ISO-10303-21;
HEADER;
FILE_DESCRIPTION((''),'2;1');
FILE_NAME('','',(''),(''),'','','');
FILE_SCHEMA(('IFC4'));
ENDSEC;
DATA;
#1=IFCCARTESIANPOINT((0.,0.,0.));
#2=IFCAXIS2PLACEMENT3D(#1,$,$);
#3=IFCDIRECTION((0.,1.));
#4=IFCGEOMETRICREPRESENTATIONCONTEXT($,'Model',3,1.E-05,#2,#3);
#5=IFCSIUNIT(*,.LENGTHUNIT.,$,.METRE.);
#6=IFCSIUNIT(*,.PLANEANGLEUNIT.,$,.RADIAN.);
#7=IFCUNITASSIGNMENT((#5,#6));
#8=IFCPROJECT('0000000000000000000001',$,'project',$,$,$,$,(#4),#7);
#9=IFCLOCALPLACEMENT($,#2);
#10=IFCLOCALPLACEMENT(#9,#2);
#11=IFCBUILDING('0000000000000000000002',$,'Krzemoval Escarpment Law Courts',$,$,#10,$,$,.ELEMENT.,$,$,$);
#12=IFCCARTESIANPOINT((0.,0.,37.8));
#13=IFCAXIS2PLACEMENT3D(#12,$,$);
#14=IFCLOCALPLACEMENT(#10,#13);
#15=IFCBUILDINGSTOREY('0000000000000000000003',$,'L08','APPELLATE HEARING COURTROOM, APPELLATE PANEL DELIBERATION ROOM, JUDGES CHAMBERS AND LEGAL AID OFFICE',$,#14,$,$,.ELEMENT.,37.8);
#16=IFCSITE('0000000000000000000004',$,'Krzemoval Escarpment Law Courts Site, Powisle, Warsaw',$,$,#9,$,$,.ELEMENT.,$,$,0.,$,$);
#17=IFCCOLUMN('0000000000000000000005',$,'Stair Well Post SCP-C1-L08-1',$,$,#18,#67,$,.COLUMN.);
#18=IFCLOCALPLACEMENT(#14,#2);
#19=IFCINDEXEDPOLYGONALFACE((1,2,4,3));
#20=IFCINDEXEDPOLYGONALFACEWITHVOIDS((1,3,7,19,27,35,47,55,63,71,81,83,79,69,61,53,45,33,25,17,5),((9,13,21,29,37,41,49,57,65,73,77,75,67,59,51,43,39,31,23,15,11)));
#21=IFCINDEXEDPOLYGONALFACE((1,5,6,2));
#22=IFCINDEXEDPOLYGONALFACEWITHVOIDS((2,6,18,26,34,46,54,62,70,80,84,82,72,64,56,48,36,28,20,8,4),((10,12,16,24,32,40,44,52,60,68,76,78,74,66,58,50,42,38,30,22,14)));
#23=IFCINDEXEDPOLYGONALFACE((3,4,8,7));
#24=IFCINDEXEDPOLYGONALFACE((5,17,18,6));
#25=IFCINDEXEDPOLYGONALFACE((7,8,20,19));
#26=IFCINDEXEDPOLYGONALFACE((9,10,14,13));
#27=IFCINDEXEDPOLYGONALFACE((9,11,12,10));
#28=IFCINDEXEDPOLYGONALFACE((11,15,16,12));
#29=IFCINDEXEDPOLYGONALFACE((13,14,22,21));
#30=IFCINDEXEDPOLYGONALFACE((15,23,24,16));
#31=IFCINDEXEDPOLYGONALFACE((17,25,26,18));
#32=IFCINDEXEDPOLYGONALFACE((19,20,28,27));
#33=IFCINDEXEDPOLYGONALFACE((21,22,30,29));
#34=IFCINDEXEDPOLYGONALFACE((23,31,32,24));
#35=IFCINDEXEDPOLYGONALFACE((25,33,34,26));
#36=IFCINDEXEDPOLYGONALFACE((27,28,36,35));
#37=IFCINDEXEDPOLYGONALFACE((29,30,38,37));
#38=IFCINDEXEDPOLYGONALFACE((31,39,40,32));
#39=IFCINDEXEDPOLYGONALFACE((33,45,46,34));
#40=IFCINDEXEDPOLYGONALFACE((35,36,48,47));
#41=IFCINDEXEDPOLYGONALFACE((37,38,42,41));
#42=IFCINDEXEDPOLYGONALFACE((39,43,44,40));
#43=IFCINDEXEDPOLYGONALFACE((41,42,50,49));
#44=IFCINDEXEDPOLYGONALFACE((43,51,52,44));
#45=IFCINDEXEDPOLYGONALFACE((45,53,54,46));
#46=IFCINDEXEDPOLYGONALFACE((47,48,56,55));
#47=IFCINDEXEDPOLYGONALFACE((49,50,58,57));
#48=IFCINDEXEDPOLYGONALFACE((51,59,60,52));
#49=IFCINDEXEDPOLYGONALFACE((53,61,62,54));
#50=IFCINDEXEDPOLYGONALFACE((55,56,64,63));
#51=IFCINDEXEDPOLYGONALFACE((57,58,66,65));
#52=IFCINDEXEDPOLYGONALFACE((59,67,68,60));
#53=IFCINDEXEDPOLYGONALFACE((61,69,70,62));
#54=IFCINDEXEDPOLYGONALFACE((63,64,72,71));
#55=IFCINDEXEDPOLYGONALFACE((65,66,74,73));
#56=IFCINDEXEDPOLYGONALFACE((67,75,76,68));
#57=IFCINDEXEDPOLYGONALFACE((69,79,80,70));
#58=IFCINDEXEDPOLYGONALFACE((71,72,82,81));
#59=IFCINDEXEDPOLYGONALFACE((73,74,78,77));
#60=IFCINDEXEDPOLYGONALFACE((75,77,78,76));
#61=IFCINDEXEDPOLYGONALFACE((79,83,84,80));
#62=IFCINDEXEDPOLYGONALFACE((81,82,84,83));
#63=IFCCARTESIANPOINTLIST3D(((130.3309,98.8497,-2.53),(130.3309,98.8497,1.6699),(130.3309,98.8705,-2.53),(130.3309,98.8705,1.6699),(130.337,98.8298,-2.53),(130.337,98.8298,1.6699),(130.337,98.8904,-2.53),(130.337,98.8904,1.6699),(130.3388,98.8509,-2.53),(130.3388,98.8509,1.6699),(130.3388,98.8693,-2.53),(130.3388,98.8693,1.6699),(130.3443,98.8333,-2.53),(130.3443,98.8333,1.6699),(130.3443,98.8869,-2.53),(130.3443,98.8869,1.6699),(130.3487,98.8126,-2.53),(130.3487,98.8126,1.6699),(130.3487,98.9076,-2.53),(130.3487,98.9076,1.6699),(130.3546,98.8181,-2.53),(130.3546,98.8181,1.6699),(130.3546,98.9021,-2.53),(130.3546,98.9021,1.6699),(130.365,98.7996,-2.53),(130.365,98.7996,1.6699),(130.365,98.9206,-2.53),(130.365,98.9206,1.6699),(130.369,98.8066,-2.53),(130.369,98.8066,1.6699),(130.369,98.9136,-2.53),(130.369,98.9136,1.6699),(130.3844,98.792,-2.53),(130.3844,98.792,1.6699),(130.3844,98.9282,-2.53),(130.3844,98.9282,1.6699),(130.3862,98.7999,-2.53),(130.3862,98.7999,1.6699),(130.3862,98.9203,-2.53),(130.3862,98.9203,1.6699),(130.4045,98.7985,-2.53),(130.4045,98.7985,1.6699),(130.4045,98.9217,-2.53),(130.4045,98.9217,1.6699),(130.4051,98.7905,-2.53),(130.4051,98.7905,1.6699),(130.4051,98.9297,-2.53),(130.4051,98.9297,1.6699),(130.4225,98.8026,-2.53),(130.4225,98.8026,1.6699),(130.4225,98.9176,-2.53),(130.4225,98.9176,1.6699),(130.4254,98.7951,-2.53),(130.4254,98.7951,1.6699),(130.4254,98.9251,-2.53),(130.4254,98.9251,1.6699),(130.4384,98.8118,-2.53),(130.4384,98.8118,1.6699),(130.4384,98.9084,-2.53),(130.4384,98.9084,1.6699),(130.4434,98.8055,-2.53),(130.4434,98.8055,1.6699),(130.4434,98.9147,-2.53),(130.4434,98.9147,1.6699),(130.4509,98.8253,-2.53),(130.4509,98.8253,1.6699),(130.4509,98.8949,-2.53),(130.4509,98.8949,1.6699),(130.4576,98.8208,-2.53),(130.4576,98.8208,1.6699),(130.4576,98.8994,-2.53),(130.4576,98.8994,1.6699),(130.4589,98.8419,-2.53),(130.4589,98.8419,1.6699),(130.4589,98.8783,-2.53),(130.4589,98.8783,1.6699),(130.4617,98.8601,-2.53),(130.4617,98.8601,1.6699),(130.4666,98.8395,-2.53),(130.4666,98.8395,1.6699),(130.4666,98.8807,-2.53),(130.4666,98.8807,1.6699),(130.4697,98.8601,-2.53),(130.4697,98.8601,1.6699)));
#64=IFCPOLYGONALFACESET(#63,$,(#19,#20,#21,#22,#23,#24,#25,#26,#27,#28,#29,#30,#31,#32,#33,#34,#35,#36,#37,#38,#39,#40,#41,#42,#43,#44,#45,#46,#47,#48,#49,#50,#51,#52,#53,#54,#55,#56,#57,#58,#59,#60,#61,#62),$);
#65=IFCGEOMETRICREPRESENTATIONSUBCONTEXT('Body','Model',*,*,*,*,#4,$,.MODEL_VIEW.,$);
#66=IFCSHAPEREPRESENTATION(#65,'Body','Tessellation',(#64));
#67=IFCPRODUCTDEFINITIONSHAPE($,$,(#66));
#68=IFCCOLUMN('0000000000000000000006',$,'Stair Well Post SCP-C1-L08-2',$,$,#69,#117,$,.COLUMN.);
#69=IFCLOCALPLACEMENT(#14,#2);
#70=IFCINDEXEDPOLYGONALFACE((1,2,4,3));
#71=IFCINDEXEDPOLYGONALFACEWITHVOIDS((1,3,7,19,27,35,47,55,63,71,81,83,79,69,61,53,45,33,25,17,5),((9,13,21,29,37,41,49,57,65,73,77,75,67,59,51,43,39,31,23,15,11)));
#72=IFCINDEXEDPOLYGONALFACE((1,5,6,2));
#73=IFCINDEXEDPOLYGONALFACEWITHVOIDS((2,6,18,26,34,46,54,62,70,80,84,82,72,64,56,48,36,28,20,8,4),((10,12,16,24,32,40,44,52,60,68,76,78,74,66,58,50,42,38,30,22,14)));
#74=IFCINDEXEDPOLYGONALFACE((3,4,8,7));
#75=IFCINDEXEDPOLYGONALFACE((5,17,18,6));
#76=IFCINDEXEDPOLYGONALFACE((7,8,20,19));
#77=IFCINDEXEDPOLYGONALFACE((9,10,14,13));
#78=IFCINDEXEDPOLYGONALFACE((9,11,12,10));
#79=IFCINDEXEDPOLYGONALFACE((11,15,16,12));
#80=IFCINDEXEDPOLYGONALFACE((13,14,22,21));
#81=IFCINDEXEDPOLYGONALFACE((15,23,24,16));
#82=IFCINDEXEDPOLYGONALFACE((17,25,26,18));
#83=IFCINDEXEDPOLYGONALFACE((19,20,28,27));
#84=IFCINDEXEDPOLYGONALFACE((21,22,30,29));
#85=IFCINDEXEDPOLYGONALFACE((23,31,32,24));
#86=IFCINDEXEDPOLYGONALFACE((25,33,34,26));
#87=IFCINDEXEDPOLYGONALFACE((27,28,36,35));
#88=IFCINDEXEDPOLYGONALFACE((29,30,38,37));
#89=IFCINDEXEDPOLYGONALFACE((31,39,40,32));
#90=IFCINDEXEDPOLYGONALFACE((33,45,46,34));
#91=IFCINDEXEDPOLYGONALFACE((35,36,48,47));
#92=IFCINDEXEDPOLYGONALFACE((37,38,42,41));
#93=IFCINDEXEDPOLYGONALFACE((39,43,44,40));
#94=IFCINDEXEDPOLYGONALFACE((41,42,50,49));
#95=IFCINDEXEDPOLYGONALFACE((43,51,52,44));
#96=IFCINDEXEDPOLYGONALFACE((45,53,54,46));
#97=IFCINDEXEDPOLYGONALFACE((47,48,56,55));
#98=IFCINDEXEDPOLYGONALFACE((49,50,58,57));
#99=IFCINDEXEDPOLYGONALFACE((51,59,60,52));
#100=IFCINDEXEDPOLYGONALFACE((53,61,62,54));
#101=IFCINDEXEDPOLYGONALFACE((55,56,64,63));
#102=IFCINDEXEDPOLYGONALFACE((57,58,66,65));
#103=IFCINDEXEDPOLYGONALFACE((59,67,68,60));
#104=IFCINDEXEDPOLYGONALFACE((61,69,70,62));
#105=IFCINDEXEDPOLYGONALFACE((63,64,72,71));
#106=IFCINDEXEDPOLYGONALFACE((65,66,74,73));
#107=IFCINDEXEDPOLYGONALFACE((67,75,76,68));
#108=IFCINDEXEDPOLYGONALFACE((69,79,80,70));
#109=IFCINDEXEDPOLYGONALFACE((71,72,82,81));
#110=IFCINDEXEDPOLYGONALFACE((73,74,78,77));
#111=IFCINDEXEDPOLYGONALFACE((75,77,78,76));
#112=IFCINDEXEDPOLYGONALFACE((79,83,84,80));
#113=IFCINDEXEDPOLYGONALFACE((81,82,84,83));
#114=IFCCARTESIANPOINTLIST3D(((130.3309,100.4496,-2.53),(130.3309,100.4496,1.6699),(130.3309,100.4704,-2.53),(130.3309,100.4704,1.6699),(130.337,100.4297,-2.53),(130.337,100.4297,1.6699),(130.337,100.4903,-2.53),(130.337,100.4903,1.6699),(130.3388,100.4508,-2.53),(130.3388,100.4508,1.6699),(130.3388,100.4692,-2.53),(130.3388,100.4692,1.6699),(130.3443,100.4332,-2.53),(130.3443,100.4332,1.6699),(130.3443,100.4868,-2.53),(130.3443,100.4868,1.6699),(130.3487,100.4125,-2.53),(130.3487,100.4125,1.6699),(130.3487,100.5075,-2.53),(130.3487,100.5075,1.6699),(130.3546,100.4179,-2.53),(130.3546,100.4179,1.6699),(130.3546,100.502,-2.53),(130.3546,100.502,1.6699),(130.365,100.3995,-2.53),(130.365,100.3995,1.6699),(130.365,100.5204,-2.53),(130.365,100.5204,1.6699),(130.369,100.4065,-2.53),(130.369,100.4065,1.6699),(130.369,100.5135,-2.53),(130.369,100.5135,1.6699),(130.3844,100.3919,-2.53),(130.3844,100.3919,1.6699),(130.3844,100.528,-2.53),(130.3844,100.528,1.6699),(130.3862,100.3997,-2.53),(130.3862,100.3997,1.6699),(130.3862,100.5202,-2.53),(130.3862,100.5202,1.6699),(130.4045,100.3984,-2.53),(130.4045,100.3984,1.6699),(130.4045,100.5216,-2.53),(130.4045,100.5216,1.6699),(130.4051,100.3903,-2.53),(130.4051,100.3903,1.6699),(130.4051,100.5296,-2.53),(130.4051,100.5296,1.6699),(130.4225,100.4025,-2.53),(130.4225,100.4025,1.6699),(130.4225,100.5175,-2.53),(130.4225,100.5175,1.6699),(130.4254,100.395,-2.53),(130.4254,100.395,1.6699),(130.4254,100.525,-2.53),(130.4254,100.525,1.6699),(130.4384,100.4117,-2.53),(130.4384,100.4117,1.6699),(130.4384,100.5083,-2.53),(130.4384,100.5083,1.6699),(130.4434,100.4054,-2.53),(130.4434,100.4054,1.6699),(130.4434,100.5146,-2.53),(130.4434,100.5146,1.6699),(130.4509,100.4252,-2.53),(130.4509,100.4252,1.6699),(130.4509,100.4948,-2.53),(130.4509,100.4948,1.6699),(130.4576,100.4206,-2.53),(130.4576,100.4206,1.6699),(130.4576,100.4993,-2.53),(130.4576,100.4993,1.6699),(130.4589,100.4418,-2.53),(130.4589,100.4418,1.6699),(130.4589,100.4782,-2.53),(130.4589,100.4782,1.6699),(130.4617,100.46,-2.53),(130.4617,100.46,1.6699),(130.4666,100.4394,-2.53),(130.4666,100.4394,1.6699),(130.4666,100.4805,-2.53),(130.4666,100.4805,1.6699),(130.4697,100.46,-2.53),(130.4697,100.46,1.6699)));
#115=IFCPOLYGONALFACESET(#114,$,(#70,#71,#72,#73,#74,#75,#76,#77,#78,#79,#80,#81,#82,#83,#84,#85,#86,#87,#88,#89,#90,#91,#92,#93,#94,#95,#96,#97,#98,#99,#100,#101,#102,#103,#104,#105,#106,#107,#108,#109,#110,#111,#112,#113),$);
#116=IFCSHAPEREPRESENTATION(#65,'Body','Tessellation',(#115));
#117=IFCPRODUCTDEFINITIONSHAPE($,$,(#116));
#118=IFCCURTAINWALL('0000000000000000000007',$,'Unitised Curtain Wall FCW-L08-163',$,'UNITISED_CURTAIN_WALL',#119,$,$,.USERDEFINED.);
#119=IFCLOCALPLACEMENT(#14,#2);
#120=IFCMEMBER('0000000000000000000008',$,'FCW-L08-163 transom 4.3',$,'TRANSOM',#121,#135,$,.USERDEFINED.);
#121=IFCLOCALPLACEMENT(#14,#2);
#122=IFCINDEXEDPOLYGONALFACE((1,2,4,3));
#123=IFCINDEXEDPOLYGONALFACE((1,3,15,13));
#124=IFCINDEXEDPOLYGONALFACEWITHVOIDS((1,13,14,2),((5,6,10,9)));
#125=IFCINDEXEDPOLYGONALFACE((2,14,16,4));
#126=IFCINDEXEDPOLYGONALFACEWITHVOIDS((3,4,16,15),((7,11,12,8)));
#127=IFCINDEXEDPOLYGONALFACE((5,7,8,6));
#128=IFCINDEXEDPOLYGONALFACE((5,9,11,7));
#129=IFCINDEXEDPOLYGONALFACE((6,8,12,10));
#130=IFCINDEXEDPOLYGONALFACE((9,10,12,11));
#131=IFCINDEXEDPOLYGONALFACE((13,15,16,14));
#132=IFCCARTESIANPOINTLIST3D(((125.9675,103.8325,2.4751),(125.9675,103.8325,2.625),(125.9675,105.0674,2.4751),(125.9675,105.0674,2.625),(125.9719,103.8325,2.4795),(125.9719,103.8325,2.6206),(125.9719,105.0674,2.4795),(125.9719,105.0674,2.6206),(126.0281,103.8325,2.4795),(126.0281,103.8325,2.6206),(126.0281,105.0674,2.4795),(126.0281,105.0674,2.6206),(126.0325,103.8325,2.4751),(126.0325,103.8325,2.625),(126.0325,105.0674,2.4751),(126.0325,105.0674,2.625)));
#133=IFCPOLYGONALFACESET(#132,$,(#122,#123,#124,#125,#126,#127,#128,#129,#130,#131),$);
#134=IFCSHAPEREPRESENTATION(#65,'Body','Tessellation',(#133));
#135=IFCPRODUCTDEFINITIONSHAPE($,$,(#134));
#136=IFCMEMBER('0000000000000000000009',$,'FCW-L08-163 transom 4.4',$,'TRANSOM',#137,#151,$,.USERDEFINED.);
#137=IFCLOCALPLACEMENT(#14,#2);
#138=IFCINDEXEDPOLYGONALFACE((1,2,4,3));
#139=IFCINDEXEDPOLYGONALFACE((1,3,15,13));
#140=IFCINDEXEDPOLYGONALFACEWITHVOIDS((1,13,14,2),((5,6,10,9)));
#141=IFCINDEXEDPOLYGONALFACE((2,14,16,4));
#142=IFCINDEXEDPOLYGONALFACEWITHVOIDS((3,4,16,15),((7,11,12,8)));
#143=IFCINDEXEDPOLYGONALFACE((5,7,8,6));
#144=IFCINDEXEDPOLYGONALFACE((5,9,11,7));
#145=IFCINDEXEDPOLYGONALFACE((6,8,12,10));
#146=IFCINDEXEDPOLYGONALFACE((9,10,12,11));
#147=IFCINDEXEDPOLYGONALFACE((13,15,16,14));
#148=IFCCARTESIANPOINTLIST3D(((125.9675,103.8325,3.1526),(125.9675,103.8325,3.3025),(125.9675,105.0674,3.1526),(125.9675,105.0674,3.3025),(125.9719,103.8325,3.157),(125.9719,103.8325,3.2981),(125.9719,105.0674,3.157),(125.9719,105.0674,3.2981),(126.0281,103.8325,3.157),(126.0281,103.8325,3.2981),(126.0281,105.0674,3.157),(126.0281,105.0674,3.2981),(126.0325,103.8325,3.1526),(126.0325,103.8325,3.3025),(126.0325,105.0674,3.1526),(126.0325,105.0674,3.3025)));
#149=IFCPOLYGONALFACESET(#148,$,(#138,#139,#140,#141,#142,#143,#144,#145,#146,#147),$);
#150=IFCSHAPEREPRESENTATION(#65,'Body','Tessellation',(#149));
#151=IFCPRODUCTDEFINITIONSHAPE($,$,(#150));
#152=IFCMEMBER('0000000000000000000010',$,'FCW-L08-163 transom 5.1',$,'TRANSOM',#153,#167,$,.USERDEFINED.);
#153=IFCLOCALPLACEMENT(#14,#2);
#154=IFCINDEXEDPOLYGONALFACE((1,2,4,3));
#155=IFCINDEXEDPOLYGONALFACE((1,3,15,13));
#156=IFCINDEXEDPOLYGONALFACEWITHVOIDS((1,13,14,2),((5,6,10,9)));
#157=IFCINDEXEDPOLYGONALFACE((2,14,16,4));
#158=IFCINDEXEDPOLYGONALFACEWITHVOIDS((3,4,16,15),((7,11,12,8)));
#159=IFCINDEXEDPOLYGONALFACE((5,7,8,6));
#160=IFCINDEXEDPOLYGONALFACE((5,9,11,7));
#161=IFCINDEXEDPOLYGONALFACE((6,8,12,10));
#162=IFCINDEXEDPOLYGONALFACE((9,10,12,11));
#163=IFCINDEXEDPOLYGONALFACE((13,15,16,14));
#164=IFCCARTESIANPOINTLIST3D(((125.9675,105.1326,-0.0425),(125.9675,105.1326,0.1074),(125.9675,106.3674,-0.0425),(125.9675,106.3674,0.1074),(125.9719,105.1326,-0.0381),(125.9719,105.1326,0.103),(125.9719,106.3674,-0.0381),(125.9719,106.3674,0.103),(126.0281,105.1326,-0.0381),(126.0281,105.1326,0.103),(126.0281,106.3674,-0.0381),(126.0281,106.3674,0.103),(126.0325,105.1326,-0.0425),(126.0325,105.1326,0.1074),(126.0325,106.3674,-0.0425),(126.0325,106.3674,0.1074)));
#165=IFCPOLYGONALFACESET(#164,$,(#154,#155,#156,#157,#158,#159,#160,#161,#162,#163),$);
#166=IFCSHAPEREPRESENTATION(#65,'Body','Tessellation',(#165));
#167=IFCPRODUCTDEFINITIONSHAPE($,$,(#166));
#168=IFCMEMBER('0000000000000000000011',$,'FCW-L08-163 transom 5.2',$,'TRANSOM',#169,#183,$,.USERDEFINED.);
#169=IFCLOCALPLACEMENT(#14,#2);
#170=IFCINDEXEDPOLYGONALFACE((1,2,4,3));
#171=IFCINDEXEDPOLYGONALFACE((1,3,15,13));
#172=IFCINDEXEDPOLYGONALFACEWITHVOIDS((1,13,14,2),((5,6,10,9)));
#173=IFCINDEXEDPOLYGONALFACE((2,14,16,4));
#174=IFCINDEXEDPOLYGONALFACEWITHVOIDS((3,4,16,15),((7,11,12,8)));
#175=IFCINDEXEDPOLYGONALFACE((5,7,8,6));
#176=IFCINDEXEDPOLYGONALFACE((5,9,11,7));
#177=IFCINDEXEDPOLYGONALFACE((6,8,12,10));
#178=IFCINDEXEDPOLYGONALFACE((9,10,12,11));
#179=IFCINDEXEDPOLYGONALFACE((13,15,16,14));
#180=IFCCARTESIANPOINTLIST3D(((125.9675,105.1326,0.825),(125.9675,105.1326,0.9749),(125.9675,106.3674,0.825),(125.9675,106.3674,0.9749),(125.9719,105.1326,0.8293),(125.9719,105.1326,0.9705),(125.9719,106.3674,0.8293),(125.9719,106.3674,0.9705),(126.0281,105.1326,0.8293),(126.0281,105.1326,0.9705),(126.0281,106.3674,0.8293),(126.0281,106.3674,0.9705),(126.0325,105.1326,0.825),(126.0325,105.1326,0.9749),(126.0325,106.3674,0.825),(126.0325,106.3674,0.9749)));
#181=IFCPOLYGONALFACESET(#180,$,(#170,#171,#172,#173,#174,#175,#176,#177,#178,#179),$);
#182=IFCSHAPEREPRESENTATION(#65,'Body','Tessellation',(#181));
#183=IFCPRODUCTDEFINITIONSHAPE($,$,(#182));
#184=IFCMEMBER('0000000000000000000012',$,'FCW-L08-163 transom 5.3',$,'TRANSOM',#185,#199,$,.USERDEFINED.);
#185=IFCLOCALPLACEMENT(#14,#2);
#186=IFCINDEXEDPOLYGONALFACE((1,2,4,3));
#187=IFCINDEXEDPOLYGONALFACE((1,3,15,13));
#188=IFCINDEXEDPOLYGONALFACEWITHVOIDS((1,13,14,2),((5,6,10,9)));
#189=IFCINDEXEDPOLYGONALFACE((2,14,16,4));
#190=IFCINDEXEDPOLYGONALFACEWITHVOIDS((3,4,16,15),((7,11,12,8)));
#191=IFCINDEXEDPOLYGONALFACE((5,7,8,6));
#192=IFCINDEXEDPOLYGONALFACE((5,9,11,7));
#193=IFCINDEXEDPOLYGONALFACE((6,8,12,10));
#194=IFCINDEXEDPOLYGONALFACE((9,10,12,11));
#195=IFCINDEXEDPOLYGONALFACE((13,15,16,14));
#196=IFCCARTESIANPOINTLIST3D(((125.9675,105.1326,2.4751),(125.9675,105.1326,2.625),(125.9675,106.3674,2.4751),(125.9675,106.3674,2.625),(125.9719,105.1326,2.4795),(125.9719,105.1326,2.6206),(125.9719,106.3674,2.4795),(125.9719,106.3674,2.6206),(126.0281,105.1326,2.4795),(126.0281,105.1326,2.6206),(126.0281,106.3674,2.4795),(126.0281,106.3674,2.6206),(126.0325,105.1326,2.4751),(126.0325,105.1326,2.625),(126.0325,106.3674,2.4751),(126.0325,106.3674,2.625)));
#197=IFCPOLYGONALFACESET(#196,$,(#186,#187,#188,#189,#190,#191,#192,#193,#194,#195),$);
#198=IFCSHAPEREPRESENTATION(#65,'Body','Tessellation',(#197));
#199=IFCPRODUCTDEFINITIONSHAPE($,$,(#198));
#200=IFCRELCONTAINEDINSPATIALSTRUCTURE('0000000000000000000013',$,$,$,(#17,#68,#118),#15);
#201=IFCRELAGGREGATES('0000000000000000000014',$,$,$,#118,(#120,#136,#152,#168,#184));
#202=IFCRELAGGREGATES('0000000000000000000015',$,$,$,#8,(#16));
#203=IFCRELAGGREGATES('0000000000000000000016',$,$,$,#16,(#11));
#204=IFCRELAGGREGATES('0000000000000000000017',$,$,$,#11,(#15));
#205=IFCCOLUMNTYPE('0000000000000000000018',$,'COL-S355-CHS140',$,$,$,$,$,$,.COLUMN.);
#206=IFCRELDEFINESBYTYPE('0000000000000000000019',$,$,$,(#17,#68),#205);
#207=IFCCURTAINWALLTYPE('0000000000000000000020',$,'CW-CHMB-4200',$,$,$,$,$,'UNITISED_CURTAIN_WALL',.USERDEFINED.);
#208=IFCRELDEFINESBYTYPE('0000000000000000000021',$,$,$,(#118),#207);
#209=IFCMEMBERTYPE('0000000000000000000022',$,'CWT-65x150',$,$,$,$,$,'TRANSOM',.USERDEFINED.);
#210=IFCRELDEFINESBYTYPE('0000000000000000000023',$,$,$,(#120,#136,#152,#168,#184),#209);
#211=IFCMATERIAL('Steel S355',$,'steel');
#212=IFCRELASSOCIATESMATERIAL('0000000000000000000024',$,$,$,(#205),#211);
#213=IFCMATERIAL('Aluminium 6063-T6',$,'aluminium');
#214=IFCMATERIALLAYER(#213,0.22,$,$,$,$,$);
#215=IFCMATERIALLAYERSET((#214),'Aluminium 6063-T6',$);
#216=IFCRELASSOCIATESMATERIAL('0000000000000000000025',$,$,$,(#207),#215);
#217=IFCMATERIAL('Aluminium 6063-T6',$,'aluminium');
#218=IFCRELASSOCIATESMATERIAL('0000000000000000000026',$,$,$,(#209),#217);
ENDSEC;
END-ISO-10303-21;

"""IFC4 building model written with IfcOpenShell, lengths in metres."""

from ifc_helpers import new_model, si_unit, direction, frame, origin, origin_2d, place, context, subcontext, project, spatial, hollow_rectangle, hollow_circle, extrude, material, layer, layer_set, material_profile, profile_set, type_object, element, aggregate, save


model = new_model("IFC4")

# Units and contexts
model_context = context("Model", 3, precision=1e-05, world=origin(), true_north=direction((0.0, 1.0)))
body_context = subcontext(model_context, "Body", "Model", "MODEL_VIEW")
ifc_project = project(units=[si_unit("LENGTHUNIT", "METRE"), si_unit("PLANEANGLEUNIT", "RADIAN")], contexts=[model_context])

# Site, building, storey
site_placement = place(None, origin())
site = spatial("IfcSite", under=ifc_project, at=site_placement, Name="Krzemoval Escarpment Law Courts Site, Powisle, Warsaw", CompositionType="ELEMENT", RefElevation=0.0)
building_placement = place(site_placement, origin())
building = spatial("IfcBuilding", under=site, at=building_placement, Name="Krzemoval Escarpment Law Courts", CompositionType="ELEMENT")
storey_placement = place(building_placement, frame((0.0, 0.0, 37.8)))
storey = spatial("IfcBuildingStorey", under=building, at=storey_placement, Name="L08", Description="APPELLATE HEARING COURTROOM, APPELLATE PANEL DELIBERATION ROOM, JUDGES CHAMBERS AND LEGAL AID OFFICE", CompositionType="ELEMENT", Elevation=37.8)

# Columns
ifc_material_1 = material(Name="Steel S355", Category="steel")
ifc_material_profile_1 = material_profile(ifc_material_1, hollow_circle(Radius=0.0698, WallThickness=0.0081, at=origin_2d()), Name="CHS 139.7x8")
ifc_profile_set_1 = profile_set([ifc_material_profile_1], Name="Steel S355")
column_type = type_object("IfcColumnType", Name="COL-S355-CHS140", PredefinedType="COLUMN", material=ifc_profile_set_1)
for number, where, z_axis, x_axis, name in (
    (1, (130.3999, 98.8601, -2.53), (0.0, 0.0, 1.0), (1.0, 0.0, 0.0), "Stair Well Post SCP-C1-L08-1"),
    (2, (130.3999, 100.46, -2.53), (0.0, 0.0, 1.0), (1.0, 0.0, 0.0), "Stair Well Post SCP-C1-L08-2"),
):
    element("IfcColumn", number, at=place(storey_placement, frame(where, z_axis=z_axis, x_axis=x_axis)), inside=storey, type_object=column_type, Name=name, PredefinedType="COLUMN", context=body_context, shape_type="SweptSolid", body=[
        extrude(hollow_circle(Radius=0.0698, WallThickness=0.0081, at=origin_2d()), origin(), (0.0, 0.0, 1.0), 4.2),
    ])

# Curtain wall, members
ifc_material_2 = material(Name="Aluminium 6063-T6", Category="aluminium")
ifc_layer_1 = layer(ifc_material_2, 0.22)
ifc_layer_set_1 = layer_set([ifc_layer_1], Name="Aluminium 6063-T6")
curtain_wall_type = type_object("IfcCurtainWallType", Name="CW-CHMB-4200", ElementType="UNITISED_CURTAIN_WALL", PredefinedType="USERDEFINED", material=ifc_layer_set_1)
curtain_wall_placement = place(storey_placement, origin())
curtain_wall = element("IfcCurtainWall", 3, at=curtain_wall_placement, inside=storey, type_object=curtain_wall_type, Name="Unitised Curtain Wall FCW-L08-163", ObjectType="UNITISED_CURTAIN_WALL", PredefinedType="USERDEFINED")
ifc_material_3 = material(Name="Aluminium 6063-T6", Category="aluminium")
ifc_material_profile_2 = material_profile(ifc_material_3, hollow_rectangle(XDim=0.0649, YDim=0.1499, WallThickness=0.0044, at=origin_2d()), Name="ALU T65x150")
ifc_profile_set_2 = profile_set([ifc_material_profile_2], Name="Aluminium 6063-T6")
member_type = type_object("IfcMemberType", Name="CWT-65x150", ElementType="TRANSOM", PredefinedType="USERDEFINED", material=ifc_profile_set_2)
member_1_placement = place(storey_placement, frame((126.0, 103.8325, 2.55), z_axis=(0.0, 1.0, 0.0), x_axis=(-1.0, 0.0, 0.0)))
member_1 = element("IfcMember", 4, at=member_1_placement, type_object=member_type, Name="FCW-L08-163 transom 4.3", ObjectType="TRANSOM", PredefinedType="USERDEFINED", context=body_context, shape_type="SweptSolid", body=[
    extrude(hollow_rectangle(XDim=0.0649, YDim=0.1499, WallThickness=0.0044, at=origin_2d()), origin(), (0.0, 0.0, 1.0), 1.2349),
])
member_2_placement = place(storey_placement, frame((126.0, 103.8325, 3.2275), z_axis=(0.0, 1.0, 0.0), x_axis=(-1.0, 0.0, 0.0)))
member_2 = element("IfcMember", 5, at=member_2_placement, type_object=member_type, Name="FCW-L08-163 transom 4.4", ObjectType="TRANSOM", PredefinedType="USERDEFINED", context=body_context, shape_type="SweptSolid", body=[
    extrude(hollow_rectangle(XDim=0.0649, YDim=0.1499, WallThickness=0.0044, at=origin_2d()), origin(), (0.0, 0.0, 1.0), 1.2349),
])
member_3_placement = place(storey_placement, frame((126.0, 105.1326, 0.0325), z_axis=(0.0, 1.0, 0.0), x_axis=(-1.0, 0.0, 0.0)))
member_3 = element("IfcMember", 6, at=member_3_placement, type_object=member_type, Name="FCW-L08-163 transom 5.1", ObjectType="TRANSOM", PredefinedType="USERDEFINED", context=body_context, shape_type="SweptSolid", body=[
    extrude(hollow_rectangle(XDim=0.0649, YDim=0.1499, WallThickness=0.0044, at=origin_2d()), origin(), (0.0, 0.0, 1.0), 1.2349),
])
member_4_placement = place(storey_placement, frame((126.0, 105.1326, 0.8999), z_axis=(0.0, 1.0, 0.0), x_axis=(-1.0, 0.0, 0.0)))
member_4 = element("IfcMember", 7, at=member_4_placement, type_object=member_type, Name="FCW-L08-163 transom 5.2", ObjectType="TRANSOM", PredefinedType="USERDEFINED", context=body_context, shape_type="SweptSolid", body=[
    extrude(hollow_rectangle(XDim=0.0649, YDim=0.1499, WallThickness=0.0044, at=origin_2d()), origin(), (0.0, 0.0, 1.0), 1.2349),
])
member_5_placement = place(storey_placement, frame((126.0, 105.1326, 2.55), z_axis=(0.0, 1.0, 0.0), x_axis=(-1.0, 0.0, 0.0)))
member_5 = element("IfcMember", 8, at=member_5_placement, type_object=member_type, Name="FCW-L08-163 transom 5.3", ObjectType="TRANSOM", PredefinedType="USERDEFINED", context=body_context, shape_type="SweptSolid", body=[
    extrude(hollow_rectangle(XDim=0.0649, YDim=0.1499, WallThickness=0.0044, at=origin_2d()), origin(), (0.0, 0.0, 1.0), 1.2349),
])

aggregate(curtain_wall, [member_1, member_2, member_3, member_4, member_5])

save(model, "model.ifc")
